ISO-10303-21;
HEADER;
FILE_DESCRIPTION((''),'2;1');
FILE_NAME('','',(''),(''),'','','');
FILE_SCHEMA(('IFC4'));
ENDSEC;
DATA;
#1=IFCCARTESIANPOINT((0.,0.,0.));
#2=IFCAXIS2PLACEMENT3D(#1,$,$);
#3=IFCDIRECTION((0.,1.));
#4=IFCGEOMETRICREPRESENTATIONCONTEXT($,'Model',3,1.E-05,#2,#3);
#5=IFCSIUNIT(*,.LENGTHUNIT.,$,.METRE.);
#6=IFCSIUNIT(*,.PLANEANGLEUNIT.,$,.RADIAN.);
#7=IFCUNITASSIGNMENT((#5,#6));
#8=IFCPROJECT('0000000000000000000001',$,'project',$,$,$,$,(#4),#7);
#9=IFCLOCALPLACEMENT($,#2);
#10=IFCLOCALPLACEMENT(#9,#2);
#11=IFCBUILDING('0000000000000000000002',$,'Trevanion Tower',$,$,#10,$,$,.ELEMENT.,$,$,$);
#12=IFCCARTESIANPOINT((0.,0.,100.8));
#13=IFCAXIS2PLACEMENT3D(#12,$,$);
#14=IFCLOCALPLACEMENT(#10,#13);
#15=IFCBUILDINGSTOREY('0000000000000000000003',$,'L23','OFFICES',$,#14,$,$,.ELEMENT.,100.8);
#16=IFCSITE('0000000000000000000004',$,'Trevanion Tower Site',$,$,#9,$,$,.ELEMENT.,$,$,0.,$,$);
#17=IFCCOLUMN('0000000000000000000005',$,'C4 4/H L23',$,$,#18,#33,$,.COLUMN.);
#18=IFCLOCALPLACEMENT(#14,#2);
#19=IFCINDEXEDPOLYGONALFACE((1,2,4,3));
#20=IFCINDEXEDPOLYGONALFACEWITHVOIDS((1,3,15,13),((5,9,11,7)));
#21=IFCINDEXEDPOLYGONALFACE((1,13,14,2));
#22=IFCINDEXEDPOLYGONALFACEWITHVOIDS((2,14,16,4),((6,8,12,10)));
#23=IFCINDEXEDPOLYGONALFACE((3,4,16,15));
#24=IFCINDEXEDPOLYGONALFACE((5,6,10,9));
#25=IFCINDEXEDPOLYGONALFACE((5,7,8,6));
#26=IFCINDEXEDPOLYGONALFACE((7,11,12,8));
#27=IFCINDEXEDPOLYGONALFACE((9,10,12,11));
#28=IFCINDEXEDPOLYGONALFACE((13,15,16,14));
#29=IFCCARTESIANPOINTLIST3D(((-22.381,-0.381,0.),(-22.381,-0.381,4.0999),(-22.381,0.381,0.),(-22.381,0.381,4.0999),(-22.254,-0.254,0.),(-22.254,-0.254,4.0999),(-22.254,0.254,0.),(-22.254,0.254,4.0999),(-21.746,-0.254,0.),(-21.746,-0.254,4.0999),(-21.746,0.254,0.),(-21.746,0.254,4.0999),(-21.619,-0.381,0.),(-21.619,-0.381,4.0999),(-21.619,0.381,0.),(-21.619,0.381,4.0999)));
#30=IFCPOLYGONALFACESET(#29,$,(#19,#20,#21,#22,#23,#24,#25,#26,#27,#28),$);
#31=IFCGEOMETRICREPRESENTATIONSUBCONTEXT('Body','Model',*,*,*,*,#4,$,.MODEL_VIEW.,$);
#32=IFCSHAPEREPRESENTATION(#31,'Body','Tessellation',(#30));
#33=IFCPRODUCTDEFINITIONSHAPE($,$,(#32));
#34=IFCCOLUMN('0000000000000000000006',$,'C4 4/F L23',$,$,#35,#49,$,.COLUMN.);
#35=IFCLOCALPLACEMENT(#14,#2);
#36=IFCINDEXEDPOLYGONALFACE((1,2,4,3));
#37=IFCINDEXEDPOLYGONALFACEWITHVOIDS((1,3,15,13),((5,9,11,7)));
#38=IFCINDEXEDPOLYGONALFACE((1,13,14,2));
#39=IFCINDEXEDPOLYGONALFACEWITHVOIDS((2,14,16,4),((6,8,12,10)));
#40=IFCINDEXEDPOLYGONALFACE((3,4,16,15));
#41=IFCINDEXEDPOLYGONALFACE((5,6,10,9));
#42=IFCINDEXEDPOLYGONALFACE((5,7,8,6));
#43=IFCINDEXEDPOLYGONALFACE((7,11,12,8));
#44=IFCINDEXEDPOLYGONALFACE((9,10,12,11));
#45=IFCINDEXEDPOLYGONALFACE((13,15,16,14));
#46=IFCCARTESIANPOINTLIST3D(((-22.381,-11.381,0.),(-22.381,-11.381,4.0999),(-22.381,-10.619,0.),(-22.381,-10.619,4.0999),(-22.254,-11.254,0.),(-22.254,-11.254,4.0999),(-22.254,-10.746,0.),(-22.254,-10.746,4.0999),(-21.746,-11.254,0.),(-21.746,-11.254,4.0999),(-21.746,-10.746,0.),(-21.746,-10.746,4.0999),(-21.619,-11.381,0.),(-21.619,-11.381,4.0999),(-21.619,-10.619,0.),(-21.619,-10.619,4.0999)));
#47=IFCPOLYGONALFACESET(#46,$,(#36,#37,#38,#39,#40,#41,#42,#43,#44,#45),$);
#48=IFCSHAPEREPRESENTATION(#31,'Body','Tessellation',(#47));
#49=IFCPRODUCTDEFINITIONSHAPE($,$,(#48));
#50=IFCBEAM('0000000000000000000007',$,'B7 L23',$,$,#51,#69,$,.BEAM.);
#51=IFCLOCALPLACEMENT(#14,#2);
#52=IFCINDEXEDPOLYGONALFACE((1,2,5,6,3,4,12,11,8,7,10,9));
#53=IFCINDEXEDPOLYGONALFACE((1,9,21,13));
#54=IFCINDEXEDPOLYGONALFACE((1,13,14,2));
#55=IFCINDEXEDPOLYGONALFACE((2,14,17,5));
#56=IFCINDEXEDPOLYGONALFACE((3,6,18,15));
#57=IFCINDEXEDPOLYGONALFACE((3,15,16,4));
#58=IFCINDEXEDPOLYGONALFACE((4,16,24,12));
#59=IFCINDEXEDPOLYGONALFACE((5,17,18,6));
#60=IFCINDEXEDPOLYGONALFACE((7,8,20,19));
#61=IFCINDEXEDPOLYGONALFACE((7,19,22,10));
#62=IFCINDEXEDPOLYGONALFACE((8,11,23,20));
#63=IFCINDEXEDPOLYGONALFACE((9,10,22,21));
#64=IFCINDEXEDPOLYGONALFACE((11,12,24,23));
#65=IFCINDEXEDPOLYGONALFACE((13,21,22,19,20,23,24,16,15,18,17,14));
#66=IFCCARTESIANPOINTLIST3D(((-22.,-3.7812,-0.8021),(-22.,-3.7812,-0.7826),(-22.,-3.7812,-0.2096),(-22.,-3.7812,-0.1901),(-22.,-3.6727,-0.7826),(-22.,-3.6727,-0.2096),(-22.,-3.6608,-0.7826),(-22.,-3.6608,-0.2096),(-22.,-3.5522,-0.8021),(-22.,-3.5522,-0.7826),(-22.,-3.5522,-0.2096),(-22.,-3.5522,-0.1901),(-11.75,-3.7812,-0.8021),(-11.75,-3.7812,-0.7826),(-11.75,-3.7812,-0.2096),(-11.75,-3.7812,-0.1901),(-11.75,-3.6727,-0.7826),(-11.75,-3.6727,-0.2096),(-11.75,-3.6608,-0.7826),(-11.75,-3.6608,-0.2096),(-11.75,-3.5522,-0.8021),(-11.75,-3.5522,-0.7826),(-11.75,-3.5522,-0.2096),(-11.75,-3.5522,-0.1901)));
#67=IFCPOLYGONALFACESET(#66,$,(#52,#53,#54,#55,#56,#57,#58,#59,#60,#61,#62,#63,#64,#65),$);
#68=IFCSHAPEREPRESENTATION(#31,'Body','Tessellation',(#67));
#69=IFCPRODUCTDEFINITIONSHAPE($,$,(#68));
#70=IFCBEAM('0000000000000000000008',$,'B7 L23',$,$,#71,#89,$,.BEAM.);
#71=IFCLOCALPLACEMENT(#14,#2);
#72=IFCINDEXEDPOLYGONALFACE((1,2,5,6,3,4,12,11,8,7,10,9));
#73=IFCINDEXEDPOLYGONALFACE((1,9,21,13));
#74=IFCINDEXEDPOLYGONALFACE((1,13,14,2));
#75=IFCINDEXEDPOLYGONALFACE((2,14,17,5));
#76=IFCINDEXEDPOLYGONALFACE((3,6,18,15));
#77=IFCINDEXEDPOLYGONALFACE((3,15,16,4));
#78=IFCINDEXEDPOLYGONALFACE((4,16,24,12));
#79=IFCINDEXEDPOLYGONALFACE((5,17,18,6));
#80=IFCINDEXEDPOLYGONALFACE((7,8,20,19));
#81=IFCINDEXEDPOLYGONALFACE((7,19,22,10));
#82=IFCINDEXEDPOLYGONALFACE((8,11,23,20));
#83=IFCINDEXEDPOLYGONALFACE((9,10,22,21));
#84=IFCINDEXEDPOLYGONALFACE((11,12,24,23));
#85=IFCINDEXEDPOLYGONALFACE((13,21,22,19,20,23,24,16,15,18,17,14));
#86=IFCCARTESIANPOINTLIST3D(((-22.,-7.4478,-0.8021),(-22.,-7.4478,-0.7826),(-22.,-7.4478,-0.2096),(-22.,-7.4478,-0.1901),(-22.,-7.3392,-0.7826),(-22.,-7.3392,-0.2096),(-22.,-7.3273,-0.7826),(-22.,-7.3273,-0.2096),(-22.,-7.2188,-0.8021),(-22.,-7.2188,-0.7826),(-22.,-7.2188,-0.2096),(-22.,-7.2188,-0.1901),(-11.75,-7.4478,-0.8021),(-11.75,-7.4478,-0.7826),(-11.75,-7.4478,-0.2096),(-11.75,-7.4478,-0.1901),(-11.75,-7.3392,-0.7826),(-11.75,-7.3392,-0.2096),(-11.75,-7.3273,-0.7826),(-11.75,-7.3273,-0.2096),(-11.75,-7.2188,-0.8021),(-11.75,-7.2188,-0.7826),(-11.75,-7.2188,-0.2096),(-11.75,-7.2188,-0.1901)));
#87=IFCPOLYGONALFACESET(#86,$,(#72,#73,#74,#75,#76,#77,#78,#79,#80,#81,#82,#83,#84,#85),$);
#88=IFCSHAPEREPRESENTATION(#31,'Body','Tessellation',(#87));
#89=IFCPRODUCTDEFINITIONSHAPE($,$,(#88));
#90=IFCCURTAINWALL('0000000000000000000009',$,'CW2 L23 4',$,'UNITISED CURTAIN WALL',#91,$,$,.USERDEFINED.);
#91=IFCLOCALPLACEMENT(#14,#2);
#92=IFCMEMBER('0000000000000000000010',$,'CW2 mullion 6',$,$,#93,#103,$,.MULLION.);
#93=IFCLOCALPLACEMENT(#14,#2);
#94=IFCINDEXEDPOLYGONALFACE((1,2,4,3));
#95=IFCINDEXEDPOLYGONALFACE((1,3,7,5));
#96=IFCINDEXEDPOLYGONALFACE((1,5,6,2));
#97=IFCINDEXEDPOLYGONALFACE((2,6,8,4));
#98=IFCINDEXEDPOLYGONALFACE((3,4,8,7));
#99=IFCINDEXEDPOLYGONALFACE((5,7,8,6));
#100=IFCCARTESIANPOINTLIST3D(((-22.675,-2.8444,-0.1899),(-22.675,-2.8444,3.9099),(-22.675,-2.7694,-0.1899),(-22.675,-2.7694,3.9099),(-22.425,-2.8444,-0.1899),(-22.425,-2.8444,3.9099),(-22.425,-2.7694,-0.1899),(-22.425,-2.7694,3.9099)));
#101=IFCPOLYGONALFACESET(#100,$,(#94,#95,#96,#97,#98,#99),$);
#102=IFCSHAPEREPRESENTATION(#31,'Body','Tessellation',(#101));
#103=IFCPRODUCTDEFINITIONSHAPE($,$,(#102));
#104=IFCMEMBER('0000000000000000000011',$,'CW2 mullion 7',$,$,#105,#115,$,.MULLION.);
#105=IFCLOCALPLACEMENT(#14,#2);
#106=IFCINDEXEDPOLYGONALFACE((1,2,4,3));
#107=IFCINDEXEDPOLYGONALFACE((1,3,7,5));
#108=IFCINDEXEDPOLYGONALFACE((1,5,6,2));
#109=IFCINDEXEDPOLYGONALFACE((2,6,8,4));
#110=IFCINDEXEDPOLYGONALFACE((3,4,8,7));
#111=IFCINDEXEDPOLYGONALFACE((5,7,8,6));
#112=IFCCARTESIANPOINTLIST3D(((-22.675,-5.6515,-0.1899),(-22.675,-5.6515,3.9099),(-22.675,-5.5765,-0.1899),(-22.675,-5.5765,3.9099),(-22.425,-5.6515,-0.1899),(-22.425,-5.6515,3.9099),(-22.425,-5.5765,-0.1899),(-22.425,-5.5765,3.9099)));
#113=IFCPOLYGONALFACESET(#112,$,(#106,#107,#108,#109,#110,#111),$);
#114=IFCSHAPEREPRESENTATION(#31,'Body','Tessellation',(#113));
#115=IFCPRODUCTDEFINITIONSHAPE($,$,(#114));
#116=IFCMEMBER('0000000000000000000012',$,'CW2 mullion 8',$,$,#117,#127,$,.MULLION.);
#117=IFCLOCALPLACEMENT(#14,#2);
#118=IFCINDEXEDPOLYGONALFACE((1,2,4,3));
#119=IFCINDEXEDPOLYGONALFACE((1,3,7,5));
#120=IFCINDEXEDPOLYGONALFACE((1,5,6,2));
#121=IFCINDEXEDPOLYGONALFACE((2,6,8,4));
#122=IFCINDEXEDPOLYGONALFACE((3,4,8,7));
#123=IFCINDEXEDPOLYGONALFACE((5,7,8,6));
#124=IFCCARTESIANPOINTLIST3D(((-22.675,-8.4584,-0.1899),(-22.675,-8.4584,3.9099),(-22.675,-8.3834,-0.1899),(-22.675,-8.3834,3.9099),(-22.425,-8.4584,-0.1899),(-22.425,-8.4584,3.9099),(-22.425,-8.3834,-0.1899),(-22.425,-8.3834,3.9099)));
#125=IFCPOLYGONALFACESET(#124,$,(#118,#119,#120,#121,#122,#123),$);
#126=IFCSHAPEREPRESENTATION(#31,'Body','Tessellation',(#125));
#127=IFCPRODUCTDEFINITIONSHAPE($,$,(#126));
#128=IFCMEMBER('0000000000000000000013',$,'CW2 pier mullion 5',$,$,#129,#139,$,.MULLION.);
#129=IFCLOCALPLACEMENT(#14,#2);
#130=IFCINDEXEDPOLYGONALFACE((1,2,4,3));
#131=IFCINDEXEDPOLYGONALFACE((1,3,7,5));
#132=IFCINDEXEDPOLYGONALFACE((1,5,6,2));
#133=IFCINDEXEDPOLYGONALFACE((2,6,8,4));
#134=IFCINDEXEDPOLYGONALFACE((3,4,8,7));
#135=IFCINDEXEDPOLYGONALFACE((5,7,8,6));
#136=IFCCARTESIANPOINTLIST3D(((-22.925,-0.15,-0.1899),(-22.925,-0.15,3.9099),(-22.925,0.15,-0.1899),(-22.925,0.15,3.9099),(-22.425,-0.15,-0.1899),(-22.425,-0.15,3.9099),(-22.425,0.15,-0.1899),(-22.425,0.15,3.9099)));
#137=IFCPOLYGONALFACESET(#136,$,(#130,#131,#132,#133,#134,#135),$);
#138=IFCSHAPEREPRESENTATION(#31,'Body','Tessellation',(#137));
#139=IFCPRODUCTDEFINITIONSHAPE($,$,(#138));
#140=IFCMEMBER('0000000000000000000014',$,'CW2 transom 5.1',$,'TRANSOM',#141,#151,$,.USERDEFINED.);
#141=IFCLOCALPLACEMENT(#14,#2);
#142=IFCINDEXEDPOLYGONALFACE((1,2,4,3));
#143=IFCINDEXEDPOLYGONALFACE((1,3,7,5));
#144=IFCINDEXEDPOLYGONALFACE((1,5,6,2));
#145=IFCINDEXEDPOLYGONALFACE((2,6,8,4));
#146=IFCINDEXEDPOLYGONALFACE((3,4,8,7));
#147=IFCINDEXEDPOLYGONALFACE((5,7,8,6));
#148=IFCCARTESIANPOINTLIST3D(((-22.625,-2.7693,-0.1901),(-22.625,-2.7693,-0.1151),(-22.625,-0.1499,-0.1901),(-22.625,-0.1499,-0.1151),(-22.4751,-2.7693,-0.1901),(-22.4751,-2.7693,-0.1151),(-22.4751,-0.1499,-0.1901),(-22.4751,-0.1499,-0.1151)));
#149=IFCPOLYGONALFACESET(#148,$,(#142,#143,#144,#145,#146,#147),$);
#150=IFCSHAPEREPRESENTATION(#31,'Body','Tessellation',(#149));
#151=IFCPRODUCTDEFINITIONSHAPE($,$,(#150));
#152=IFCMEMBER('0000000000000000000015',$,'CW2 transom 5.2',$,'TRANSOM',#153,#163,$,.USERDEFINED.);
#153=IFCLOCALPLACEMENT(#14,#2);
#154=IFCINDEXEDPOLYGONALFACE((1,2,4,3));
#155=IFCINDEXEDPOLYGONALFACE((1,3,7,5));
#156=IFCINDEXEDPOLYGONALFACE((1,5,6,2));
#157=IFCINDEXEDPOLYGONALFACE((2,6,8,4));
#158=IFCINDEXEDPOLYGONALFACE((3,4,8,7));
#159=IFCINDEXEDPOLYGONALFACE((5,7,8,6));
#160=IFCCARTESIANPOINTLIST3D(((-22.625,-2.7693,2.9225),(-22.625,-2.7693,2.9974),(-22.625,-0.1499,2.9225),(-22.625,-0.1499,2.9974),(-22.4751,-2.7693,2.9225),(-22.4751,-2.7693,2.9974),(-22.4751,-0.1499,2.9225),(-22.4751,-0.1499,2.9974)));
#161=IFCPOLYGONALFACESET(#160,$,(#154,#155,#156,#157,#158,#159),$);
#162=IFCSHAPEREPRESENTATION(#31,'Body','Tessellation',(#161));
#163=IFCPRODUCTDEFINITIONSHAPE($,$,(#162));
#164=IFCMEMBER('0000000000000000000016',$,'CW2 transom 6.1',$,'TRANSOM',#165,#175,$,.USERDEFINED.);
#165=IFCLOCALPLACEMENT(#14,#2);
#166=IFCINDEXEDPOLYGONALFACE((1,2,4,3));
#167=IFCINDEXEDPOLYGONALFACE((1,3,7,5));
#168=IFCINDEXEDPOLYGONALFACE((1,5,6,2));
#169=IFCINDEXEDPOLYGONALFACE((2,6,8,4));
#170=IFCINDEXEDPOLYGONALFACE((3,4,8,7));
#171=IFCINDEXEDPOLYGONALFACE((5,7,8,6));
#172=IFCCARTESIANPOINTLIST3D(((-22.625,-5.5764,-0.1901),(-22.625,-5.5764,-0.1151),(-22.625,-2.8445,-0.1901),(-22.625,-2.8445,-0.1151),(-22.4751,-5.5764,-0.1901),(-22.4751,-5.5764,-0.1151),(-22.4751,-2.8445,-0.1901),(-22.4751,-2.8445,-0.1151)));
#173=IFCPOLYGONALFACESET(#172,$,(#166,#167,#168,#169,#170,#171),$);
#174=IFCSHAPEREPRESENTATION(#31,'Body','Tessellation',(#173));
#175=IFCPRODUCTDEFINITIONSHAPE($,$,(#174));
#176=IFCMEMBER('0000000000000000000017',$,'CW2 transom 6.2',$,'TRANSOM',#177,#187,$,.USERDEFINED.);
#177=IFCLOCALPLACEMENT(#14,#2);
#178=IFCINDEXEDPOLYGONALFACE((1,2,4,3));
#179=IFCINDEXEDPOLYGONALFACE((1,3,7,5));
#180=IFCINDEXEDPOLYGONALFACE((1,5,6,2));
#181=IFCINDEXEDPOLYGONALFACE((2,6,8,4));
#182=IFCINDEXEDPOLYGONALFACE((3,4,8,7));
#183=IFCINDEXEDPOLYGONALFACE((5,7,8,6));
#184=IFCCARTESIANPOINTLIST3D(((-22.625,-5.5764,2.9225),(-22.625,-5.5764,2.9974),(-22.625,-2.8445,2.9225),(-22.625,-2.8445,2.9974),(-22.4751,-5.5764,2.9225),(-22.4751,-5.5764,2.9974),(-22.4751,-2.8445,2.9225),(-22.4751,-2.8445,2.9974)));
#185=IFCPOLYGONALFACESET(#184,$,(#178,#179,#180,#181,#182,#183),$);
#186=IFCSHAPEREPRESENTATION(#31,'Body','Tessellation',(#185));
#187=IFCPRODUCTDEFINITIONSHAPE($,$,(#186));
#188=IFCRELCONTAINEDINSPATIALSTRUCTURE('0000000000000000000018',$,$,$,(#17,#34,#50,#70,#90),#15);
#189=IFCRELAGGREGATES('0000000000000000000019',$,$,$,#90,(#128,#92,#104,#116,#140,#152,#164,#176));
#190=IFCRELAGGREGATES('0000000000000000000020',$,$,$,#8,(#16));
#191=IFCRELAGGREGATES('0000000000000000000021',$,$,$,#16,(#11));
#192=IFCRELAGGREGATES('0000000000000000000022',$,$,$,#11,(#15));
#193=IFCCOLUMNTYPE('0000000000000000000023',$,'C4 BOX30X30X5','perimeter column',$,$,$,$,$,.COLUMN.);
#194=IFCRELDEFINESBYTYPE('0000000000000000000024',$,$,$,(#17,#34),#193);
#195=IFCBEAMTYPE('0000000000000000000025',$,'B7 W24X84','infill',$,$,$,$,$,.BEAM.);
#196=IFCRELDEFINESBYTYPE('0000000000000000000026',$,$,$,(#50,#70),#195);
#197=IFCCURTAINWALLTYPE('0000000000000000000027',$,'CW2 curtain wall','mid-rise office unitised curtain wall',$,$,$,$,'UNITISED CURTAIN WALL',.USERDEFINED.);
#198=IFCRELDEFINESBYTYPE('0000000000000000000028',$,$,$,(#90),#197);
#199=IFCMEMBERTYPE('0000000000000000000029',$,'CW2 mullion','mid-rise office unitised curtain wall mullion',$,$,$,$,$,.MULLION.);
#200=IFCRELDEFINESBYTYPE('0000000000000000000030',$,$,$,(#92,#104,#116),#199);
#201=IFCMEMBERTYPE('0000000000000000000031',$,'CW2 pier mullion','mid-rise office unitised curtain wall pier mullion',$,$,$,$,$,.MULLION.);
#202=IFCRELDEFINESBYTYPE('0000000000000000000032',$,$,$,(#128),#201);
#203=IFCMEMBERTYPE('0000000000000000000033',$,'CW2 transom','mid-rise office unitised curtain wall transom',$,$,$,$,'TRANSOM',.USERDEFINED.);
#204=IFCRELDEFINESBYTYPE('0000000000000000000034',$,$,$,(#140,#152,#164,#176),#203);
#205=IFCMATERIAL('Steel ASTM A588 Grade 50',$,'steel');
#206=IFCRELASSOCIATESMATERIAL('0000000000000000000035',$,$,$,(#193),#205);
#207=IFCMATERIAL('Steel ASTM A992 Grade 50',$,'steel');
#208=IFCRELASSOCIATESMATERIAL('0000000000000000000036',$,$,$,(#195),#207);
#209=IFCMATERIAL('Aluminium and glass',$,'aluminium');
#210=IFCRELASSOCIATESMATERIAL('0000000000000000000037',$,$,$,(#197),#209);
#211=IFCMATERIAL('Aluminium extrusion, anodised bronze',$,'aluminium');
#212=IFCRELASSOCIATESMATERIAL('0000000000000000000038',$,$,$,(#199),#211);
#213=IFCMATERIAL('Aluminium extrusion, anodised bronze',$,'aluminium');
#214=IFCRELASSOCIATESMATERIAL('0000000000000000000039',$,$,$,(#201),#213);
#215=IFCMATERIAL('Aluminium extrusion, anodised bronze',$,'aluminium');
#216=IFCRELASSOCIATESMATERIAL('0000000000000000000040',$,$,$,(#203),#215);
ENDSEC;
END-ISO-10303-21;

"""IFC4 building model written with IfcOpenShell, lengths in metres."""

from ifc_helpers import new_model, si_unit, direction, frame, origin, origin_2d, place, context, subcontext, project, spatial, rectangle, hollow_rectangle, i_section, extrude, material, material_profile, profile_set, type_object, element, aggregate, save


model = new_model("IFC4")

# Units and contexts
model_context = context("Model", 3, precision=1e-05, world=origin(), true_north=direction((0.0, 1.0)))
body_context = subcontext(model_context, "Body", "Model", "MODEL_VIEW")
ifc_project = project(units=[si_unit("LENGTHUNIT", "METRE"), si_unit("PLANEANGLEUNIT", "RADIAN")], contexts=[model_context])

# Site, building, storey
site_placement = place(None, origin())
site = spatial("IfcSite", under=ifc_project, at=site_placement, Name="Trevanion Tower Site", CompositionType="ELEMENT", RefElevation=0.0)
building_placement = place(site_placement, origin())
building = spatial("IfcBuilding", under=site, at=building_placement, Name="Trevanion Tower", CompositionType="ELEMENT")
storey_placement = place(building_placement, frame((0.0, 0.0, 100.8)))
storey = spatial("IfcBuildingStorey", under=building, at=storey_placement, Name="L23", Description="OFFICES", CompositionType="ELEMENT", Elevation=100.8)

# Columns
ifc_material_1 = material(Name="Steel ASTM A588 Grade 50", Category="steel")
ifc_material_profile_1 = material_profile(ifc_material_1, hollow_rectangle(XDim=0.762, YDim=0.762, WallThickness=0.127, at=origin_2d()), Name="BOX30X30X5")
ifc_profile_set_1 = profile_set([ifc_material_profile_1], Name="Steel ASTM A588 Grade 50")
column_type = type_object("IfcColumnType", Name="C4 BOX30X30X5", Description="perimeter column", PredefinedType="COLUMN", material=ifc_profile_set_1)
for number, where, z_axis, x_axis, name in (
    (1, (-22.0, 0.0, 0.0), (0.0, 0.0, 1.0), (0.0, 1.0, 0.0), "C4 4/H L23"),
    (2, (-22.0, -11.0, 0.0), (0.0, 0.0, 1.0), (0.0, 1.0, 0.0), "C4 4/F L23"),
):
    element("IfcColumn", number, at=place(storey_placement, frame(where, z_axis=z_axis, x_axis=x_axis)), inside=storey, type_object=column_type, Name=name, PredefinedType="COLUMN", context=body_context, shape_type="SweptSolid", body=[
        extrude(hollow_rectangle(XDim=0.762, YDim=0.762, WallThickness=0.127, at=origin_2d()), origin(), (0.0, 0.0, 1.0), 4.0999),
    ])

# Beams
ifc_material_2 = material(Name="Steel ASTM A992 Grade 50", Category="steel")
ifc_material_profile_2 = material_profile(ifc_material_2, i_section(OverallWidth=0.229, OverallDepth=0.6121, WebThickness=0.012, FlangeThickness=0.0195, at=origin_2d()), Name="W24X84")
ifc_profile_set_2 = profile_set([ifc_material_profile_2], Name="Steel ASTM A992 Grade 50")
beam_type_1 = type_object("IfcBeamType", Name="B7 W24X84", Description="infill", PredefinedType="BEAM", material=ifc_profile_set_2)
for number, where, z_axis, x_axis, name in (
    (3, (-11.75, -3.6667, -0.4961), (-1.0, 0.0, 0.0), (0.0, -1.0, 0.0), "B7 L23"),
    (4, (-11.75, -7.3333, -0.4961), (-1.0, 0.0, 0.0), (0.0, -1.0, 0.0), "B7 L23"),
):
    element("IfcBeam", number, at=place(storey_placement, frame(where, z_axis=z_axis, x_axis=x_axis)), inside=storey, type_object=beam_type_1, Name=name, PredefinedType="BEAM", context=body_context, shape_type="SweptSolid", body=[
        extrude(i_section(OverallWidth=0.229, OverallDepth=0.6121, WebThickness=0.012, FlangeThickness=0.0195, at=origin_2d()), origin(), (0.0, 0.0, 1.0), 10.25),
    ])

# Curtain wall, members
ifc_material_3 = material(Name="Aluminium and glass", Category="aluminium")
curtain_wall_type = type_object("IfcCurtainWallType", Name="CW2 curtain wall", Description="mid-rise office unitised curtain wall", ElementType="UNITISED CURTAIN WALL", PredefinedType="USERDEFINED", material=ifc_material_3)
curtain_wall_placement = place(storey_placement, origin())
curtain_wall = element("IfcCurtainWall", 5, at=curtain_wall_placement, inside=storey, type_object=curtain_wall_type, Name="CW2 L23 4", ObjectType="UNITISED CURTAIN WALL", PredefinedType="USERDEFINED")
ifc_material_4 = material(Name="Aluminium extrusion, anodised bronze", Category="aluminium")
ifc_material_profile_3 = material_profile(ifc_material_4, rectangle(XDim=0.075, YDim=0.25, at=origin_2d()), Name="CW2 mullion")
ifc_profile_set_3 = profile_set([ifc_material_profile_3], Name="Aluminium extrusion, anodised bronze")
member_type_1 = type_object("IfcMemberType", Name="CW2 mullion", Description="mid-rise office unitised curtain wall mullion", PredefinedType="MULLION", material=ifc_profile_set_3)
member_1_placement = place(storey_placement, frame((-22.55, -2.8069, -0.1899), z_axis=(0.0, 0.0, 1.0), x_axis=(0.0, -1.0, 0.0)))
member_1 = element("IfcMember", 6, at=member_1_placement, type_object=member_type_1, Name="CW2 mullion 6", PredefinedType="MULLION", context=body_context, shape_type="SweptSolid", body=[
    extrude(rectangle(XDim=0.075, YDim=0.25, at=origin_2d()), origin(), (0.0, 0.0, 1.0), 4.0999),
])
member_2_placement = place(storey_placement, frame((-22.55, -5.614, -0.1899), z_axis=(0.0, 0.0, 1.0), x_axis=(0.0, -1.0, 0.0)))
member_2 = element("IfcMember", 7, at=member_2_placement, type_object=member_type_1, Name="CW2 mullion 7", PredefinedType="MULLION", context=body_context, shape_type="SweptSolid", body=[
    extrude(rectangle(XDim=0.075, YDim=0.25, at=origin_2d()), origin(), (0.0, 0.0, 1.0), 4.0999),
])
member_3_placement = place(storey_placement, frame((-22.55, -8.4209, -0.1899), z_axis=(0.0, 0.0, 1.0), x_axis=(0.0, -1.0, 0.0)))
member_3 = element("IfcMember", 8, at=member_3_placement, type_object=member_type_1, Name="CW2 mullion 8", PredefinedType="MULLION", context=body_context, shape_type="SweptSolid", body=[
    extrude(rectangle(XDim=0.075, YDim=0.25, at=origin_2d()), origin(), (0.0, 0.0, 1.0), 4.0999),
])
ifc_material_5 = material(Name="Aluminium extrusion, anodised bronze", Category="aluminium")
ifc_material_profile_4 = material_profile(ifc_material_5, rectangle(XDim=0.3, YDim=0.5, at=origin_2d()), Name="CW2 pier mullion")
ifc_profile_set_4 = profile_set([ifc_material_profile_4], Name="Aluminium extrusion, anodised bronze")
member_type_2 = type_object("IfcMemberType", Name="CW2 pier mullion", Description="mid-rise office unitised curtain wall pier mullion", PredefinedType="MULLION", material=ifc_profile_set_4)
member_4_placement = place(storey_placement, frame((-22.675, 0.0, -0.1899), z_axis=(0.0, 0.0, 1.0), x_axis=(0.0, -1.0, 0.0)))
member_4 = element("IfcMember", 9, at=member_4_placement, type_object=member_type_2, Name="CW2 pier mullion 5", PredefinedType="MULLION", context=body_context, shape_type="SweptSolid", body=[
    extrude(rectangle(XDim=0.3, YDim=0.5, at=origin_2d()), origin(), (0.0, 0.0, 1.0), 4.0999),
])
ifc_material_6 = material(Name="Aluminium extrusion, anodised bronze", Category="aluminium")
ifc_material_profile_5 = material_profile(ifc_material_6, rectangle(XDim=0.1499, YDim=0.075, at=origin_2d()), Name="CW2 transom")
ifc_profile_set_5 = profile_set([ifc_material_profile_5], Name="Aluminium extrusion, anodised bronze")
member_type_3 = type_object("IfcMemberType", Name="CW2 transom", Description="mid-rise office unitised curtain wall transom", ElementType="TRANSOM", PredefinedType="USERDEFINED", material=ifc_profile_set_5)
member_5_placement = place(storey_placement, frame((-22.55, -0.1499, -0.1526), z_axis=(0.0, -1.0, 0.0), x_axis=(1.0, 0.0, 0.0)))
member_5 = element("IfcMember", 10, at=member_5_placement, type_object=member_type_3, Name="CW2 transom 5.1", ObjectType="TRANSOM", PredefinedType="USERDEFINED", context=body_context, shape_type="SweptSolid", body=[
    extrude(rectangle(XDim=0.1499, YDim=0.075, at=origin_2d()), origin(), (0.0, 0.0, 1.0), 2.6194),
])
member_6_placement = place(storey_placement, frame((-22.55, -0.1499, 2.96), z_axis=(0.0, -1.0, 0.0), x_axis=(1.0, 0.0, 0.0)))
member_6 = element("IfcMember", 11, at=member_6_placement, type_object=member_type_3, Name="CW2 transom 5.2", ObjectType="TRANSOM", PredefinedType="USERDEFINED", context=body_context, shape_type="SweptSolid", body=[
    extrude(rectangle(XDim=0.1499, YDim=0.075, at=origin_2d()), origin(), (0.0, 0.0, 1.0), 2.6194),
])
member_7_placement = place(storey_placement, frame((-22.55, -2.8445, -0.1526), z_axis=(0.0, -1.0, 0.0), x_axis=(1.0, 0.0, 0.0)))
member_7 = element("IfcMember", 12, at=member_7_placement, type_object=member_type_3, Name="CW2 transom 6.1", ObjectType="TRANSOM", PredefinedType="USERDEFINED", context=body_context, shape_type="SweptSolid", body=[
    extrude(rectangle(XDim=0.1499, YDim=0.075, at=origin_2d()), origin(), (0.0, 0.0, 1.0), 2.7319),
])
member_8_placement = place(storey_placement, frame((-22.55, -2.8445, 2.96), z_axis=(0.0, -1.0, 0.0), x_axis=(1.0, 0.0, 0.0)))
member_8 = element("IfcMember", 13, at=member_8_placement, type_object=member_type_3, Name="CW2 transom 6.2", ObjectType="TRANSOM", PredefinedType="USERDEFINED", context=body_context, shape_type="SweptSolid", body=[
    extrude(rectangle(XDim=0.1499, YDim=0.075, at=origin_2d()), origin(), (0.0, 0.0, 1.0), 2.7319),
])

aggregate(curtain_wall, [member_4, member_1, member_2, member_3, member_5, member_6, member_7, member_8])

save(model, "model.ifc")
